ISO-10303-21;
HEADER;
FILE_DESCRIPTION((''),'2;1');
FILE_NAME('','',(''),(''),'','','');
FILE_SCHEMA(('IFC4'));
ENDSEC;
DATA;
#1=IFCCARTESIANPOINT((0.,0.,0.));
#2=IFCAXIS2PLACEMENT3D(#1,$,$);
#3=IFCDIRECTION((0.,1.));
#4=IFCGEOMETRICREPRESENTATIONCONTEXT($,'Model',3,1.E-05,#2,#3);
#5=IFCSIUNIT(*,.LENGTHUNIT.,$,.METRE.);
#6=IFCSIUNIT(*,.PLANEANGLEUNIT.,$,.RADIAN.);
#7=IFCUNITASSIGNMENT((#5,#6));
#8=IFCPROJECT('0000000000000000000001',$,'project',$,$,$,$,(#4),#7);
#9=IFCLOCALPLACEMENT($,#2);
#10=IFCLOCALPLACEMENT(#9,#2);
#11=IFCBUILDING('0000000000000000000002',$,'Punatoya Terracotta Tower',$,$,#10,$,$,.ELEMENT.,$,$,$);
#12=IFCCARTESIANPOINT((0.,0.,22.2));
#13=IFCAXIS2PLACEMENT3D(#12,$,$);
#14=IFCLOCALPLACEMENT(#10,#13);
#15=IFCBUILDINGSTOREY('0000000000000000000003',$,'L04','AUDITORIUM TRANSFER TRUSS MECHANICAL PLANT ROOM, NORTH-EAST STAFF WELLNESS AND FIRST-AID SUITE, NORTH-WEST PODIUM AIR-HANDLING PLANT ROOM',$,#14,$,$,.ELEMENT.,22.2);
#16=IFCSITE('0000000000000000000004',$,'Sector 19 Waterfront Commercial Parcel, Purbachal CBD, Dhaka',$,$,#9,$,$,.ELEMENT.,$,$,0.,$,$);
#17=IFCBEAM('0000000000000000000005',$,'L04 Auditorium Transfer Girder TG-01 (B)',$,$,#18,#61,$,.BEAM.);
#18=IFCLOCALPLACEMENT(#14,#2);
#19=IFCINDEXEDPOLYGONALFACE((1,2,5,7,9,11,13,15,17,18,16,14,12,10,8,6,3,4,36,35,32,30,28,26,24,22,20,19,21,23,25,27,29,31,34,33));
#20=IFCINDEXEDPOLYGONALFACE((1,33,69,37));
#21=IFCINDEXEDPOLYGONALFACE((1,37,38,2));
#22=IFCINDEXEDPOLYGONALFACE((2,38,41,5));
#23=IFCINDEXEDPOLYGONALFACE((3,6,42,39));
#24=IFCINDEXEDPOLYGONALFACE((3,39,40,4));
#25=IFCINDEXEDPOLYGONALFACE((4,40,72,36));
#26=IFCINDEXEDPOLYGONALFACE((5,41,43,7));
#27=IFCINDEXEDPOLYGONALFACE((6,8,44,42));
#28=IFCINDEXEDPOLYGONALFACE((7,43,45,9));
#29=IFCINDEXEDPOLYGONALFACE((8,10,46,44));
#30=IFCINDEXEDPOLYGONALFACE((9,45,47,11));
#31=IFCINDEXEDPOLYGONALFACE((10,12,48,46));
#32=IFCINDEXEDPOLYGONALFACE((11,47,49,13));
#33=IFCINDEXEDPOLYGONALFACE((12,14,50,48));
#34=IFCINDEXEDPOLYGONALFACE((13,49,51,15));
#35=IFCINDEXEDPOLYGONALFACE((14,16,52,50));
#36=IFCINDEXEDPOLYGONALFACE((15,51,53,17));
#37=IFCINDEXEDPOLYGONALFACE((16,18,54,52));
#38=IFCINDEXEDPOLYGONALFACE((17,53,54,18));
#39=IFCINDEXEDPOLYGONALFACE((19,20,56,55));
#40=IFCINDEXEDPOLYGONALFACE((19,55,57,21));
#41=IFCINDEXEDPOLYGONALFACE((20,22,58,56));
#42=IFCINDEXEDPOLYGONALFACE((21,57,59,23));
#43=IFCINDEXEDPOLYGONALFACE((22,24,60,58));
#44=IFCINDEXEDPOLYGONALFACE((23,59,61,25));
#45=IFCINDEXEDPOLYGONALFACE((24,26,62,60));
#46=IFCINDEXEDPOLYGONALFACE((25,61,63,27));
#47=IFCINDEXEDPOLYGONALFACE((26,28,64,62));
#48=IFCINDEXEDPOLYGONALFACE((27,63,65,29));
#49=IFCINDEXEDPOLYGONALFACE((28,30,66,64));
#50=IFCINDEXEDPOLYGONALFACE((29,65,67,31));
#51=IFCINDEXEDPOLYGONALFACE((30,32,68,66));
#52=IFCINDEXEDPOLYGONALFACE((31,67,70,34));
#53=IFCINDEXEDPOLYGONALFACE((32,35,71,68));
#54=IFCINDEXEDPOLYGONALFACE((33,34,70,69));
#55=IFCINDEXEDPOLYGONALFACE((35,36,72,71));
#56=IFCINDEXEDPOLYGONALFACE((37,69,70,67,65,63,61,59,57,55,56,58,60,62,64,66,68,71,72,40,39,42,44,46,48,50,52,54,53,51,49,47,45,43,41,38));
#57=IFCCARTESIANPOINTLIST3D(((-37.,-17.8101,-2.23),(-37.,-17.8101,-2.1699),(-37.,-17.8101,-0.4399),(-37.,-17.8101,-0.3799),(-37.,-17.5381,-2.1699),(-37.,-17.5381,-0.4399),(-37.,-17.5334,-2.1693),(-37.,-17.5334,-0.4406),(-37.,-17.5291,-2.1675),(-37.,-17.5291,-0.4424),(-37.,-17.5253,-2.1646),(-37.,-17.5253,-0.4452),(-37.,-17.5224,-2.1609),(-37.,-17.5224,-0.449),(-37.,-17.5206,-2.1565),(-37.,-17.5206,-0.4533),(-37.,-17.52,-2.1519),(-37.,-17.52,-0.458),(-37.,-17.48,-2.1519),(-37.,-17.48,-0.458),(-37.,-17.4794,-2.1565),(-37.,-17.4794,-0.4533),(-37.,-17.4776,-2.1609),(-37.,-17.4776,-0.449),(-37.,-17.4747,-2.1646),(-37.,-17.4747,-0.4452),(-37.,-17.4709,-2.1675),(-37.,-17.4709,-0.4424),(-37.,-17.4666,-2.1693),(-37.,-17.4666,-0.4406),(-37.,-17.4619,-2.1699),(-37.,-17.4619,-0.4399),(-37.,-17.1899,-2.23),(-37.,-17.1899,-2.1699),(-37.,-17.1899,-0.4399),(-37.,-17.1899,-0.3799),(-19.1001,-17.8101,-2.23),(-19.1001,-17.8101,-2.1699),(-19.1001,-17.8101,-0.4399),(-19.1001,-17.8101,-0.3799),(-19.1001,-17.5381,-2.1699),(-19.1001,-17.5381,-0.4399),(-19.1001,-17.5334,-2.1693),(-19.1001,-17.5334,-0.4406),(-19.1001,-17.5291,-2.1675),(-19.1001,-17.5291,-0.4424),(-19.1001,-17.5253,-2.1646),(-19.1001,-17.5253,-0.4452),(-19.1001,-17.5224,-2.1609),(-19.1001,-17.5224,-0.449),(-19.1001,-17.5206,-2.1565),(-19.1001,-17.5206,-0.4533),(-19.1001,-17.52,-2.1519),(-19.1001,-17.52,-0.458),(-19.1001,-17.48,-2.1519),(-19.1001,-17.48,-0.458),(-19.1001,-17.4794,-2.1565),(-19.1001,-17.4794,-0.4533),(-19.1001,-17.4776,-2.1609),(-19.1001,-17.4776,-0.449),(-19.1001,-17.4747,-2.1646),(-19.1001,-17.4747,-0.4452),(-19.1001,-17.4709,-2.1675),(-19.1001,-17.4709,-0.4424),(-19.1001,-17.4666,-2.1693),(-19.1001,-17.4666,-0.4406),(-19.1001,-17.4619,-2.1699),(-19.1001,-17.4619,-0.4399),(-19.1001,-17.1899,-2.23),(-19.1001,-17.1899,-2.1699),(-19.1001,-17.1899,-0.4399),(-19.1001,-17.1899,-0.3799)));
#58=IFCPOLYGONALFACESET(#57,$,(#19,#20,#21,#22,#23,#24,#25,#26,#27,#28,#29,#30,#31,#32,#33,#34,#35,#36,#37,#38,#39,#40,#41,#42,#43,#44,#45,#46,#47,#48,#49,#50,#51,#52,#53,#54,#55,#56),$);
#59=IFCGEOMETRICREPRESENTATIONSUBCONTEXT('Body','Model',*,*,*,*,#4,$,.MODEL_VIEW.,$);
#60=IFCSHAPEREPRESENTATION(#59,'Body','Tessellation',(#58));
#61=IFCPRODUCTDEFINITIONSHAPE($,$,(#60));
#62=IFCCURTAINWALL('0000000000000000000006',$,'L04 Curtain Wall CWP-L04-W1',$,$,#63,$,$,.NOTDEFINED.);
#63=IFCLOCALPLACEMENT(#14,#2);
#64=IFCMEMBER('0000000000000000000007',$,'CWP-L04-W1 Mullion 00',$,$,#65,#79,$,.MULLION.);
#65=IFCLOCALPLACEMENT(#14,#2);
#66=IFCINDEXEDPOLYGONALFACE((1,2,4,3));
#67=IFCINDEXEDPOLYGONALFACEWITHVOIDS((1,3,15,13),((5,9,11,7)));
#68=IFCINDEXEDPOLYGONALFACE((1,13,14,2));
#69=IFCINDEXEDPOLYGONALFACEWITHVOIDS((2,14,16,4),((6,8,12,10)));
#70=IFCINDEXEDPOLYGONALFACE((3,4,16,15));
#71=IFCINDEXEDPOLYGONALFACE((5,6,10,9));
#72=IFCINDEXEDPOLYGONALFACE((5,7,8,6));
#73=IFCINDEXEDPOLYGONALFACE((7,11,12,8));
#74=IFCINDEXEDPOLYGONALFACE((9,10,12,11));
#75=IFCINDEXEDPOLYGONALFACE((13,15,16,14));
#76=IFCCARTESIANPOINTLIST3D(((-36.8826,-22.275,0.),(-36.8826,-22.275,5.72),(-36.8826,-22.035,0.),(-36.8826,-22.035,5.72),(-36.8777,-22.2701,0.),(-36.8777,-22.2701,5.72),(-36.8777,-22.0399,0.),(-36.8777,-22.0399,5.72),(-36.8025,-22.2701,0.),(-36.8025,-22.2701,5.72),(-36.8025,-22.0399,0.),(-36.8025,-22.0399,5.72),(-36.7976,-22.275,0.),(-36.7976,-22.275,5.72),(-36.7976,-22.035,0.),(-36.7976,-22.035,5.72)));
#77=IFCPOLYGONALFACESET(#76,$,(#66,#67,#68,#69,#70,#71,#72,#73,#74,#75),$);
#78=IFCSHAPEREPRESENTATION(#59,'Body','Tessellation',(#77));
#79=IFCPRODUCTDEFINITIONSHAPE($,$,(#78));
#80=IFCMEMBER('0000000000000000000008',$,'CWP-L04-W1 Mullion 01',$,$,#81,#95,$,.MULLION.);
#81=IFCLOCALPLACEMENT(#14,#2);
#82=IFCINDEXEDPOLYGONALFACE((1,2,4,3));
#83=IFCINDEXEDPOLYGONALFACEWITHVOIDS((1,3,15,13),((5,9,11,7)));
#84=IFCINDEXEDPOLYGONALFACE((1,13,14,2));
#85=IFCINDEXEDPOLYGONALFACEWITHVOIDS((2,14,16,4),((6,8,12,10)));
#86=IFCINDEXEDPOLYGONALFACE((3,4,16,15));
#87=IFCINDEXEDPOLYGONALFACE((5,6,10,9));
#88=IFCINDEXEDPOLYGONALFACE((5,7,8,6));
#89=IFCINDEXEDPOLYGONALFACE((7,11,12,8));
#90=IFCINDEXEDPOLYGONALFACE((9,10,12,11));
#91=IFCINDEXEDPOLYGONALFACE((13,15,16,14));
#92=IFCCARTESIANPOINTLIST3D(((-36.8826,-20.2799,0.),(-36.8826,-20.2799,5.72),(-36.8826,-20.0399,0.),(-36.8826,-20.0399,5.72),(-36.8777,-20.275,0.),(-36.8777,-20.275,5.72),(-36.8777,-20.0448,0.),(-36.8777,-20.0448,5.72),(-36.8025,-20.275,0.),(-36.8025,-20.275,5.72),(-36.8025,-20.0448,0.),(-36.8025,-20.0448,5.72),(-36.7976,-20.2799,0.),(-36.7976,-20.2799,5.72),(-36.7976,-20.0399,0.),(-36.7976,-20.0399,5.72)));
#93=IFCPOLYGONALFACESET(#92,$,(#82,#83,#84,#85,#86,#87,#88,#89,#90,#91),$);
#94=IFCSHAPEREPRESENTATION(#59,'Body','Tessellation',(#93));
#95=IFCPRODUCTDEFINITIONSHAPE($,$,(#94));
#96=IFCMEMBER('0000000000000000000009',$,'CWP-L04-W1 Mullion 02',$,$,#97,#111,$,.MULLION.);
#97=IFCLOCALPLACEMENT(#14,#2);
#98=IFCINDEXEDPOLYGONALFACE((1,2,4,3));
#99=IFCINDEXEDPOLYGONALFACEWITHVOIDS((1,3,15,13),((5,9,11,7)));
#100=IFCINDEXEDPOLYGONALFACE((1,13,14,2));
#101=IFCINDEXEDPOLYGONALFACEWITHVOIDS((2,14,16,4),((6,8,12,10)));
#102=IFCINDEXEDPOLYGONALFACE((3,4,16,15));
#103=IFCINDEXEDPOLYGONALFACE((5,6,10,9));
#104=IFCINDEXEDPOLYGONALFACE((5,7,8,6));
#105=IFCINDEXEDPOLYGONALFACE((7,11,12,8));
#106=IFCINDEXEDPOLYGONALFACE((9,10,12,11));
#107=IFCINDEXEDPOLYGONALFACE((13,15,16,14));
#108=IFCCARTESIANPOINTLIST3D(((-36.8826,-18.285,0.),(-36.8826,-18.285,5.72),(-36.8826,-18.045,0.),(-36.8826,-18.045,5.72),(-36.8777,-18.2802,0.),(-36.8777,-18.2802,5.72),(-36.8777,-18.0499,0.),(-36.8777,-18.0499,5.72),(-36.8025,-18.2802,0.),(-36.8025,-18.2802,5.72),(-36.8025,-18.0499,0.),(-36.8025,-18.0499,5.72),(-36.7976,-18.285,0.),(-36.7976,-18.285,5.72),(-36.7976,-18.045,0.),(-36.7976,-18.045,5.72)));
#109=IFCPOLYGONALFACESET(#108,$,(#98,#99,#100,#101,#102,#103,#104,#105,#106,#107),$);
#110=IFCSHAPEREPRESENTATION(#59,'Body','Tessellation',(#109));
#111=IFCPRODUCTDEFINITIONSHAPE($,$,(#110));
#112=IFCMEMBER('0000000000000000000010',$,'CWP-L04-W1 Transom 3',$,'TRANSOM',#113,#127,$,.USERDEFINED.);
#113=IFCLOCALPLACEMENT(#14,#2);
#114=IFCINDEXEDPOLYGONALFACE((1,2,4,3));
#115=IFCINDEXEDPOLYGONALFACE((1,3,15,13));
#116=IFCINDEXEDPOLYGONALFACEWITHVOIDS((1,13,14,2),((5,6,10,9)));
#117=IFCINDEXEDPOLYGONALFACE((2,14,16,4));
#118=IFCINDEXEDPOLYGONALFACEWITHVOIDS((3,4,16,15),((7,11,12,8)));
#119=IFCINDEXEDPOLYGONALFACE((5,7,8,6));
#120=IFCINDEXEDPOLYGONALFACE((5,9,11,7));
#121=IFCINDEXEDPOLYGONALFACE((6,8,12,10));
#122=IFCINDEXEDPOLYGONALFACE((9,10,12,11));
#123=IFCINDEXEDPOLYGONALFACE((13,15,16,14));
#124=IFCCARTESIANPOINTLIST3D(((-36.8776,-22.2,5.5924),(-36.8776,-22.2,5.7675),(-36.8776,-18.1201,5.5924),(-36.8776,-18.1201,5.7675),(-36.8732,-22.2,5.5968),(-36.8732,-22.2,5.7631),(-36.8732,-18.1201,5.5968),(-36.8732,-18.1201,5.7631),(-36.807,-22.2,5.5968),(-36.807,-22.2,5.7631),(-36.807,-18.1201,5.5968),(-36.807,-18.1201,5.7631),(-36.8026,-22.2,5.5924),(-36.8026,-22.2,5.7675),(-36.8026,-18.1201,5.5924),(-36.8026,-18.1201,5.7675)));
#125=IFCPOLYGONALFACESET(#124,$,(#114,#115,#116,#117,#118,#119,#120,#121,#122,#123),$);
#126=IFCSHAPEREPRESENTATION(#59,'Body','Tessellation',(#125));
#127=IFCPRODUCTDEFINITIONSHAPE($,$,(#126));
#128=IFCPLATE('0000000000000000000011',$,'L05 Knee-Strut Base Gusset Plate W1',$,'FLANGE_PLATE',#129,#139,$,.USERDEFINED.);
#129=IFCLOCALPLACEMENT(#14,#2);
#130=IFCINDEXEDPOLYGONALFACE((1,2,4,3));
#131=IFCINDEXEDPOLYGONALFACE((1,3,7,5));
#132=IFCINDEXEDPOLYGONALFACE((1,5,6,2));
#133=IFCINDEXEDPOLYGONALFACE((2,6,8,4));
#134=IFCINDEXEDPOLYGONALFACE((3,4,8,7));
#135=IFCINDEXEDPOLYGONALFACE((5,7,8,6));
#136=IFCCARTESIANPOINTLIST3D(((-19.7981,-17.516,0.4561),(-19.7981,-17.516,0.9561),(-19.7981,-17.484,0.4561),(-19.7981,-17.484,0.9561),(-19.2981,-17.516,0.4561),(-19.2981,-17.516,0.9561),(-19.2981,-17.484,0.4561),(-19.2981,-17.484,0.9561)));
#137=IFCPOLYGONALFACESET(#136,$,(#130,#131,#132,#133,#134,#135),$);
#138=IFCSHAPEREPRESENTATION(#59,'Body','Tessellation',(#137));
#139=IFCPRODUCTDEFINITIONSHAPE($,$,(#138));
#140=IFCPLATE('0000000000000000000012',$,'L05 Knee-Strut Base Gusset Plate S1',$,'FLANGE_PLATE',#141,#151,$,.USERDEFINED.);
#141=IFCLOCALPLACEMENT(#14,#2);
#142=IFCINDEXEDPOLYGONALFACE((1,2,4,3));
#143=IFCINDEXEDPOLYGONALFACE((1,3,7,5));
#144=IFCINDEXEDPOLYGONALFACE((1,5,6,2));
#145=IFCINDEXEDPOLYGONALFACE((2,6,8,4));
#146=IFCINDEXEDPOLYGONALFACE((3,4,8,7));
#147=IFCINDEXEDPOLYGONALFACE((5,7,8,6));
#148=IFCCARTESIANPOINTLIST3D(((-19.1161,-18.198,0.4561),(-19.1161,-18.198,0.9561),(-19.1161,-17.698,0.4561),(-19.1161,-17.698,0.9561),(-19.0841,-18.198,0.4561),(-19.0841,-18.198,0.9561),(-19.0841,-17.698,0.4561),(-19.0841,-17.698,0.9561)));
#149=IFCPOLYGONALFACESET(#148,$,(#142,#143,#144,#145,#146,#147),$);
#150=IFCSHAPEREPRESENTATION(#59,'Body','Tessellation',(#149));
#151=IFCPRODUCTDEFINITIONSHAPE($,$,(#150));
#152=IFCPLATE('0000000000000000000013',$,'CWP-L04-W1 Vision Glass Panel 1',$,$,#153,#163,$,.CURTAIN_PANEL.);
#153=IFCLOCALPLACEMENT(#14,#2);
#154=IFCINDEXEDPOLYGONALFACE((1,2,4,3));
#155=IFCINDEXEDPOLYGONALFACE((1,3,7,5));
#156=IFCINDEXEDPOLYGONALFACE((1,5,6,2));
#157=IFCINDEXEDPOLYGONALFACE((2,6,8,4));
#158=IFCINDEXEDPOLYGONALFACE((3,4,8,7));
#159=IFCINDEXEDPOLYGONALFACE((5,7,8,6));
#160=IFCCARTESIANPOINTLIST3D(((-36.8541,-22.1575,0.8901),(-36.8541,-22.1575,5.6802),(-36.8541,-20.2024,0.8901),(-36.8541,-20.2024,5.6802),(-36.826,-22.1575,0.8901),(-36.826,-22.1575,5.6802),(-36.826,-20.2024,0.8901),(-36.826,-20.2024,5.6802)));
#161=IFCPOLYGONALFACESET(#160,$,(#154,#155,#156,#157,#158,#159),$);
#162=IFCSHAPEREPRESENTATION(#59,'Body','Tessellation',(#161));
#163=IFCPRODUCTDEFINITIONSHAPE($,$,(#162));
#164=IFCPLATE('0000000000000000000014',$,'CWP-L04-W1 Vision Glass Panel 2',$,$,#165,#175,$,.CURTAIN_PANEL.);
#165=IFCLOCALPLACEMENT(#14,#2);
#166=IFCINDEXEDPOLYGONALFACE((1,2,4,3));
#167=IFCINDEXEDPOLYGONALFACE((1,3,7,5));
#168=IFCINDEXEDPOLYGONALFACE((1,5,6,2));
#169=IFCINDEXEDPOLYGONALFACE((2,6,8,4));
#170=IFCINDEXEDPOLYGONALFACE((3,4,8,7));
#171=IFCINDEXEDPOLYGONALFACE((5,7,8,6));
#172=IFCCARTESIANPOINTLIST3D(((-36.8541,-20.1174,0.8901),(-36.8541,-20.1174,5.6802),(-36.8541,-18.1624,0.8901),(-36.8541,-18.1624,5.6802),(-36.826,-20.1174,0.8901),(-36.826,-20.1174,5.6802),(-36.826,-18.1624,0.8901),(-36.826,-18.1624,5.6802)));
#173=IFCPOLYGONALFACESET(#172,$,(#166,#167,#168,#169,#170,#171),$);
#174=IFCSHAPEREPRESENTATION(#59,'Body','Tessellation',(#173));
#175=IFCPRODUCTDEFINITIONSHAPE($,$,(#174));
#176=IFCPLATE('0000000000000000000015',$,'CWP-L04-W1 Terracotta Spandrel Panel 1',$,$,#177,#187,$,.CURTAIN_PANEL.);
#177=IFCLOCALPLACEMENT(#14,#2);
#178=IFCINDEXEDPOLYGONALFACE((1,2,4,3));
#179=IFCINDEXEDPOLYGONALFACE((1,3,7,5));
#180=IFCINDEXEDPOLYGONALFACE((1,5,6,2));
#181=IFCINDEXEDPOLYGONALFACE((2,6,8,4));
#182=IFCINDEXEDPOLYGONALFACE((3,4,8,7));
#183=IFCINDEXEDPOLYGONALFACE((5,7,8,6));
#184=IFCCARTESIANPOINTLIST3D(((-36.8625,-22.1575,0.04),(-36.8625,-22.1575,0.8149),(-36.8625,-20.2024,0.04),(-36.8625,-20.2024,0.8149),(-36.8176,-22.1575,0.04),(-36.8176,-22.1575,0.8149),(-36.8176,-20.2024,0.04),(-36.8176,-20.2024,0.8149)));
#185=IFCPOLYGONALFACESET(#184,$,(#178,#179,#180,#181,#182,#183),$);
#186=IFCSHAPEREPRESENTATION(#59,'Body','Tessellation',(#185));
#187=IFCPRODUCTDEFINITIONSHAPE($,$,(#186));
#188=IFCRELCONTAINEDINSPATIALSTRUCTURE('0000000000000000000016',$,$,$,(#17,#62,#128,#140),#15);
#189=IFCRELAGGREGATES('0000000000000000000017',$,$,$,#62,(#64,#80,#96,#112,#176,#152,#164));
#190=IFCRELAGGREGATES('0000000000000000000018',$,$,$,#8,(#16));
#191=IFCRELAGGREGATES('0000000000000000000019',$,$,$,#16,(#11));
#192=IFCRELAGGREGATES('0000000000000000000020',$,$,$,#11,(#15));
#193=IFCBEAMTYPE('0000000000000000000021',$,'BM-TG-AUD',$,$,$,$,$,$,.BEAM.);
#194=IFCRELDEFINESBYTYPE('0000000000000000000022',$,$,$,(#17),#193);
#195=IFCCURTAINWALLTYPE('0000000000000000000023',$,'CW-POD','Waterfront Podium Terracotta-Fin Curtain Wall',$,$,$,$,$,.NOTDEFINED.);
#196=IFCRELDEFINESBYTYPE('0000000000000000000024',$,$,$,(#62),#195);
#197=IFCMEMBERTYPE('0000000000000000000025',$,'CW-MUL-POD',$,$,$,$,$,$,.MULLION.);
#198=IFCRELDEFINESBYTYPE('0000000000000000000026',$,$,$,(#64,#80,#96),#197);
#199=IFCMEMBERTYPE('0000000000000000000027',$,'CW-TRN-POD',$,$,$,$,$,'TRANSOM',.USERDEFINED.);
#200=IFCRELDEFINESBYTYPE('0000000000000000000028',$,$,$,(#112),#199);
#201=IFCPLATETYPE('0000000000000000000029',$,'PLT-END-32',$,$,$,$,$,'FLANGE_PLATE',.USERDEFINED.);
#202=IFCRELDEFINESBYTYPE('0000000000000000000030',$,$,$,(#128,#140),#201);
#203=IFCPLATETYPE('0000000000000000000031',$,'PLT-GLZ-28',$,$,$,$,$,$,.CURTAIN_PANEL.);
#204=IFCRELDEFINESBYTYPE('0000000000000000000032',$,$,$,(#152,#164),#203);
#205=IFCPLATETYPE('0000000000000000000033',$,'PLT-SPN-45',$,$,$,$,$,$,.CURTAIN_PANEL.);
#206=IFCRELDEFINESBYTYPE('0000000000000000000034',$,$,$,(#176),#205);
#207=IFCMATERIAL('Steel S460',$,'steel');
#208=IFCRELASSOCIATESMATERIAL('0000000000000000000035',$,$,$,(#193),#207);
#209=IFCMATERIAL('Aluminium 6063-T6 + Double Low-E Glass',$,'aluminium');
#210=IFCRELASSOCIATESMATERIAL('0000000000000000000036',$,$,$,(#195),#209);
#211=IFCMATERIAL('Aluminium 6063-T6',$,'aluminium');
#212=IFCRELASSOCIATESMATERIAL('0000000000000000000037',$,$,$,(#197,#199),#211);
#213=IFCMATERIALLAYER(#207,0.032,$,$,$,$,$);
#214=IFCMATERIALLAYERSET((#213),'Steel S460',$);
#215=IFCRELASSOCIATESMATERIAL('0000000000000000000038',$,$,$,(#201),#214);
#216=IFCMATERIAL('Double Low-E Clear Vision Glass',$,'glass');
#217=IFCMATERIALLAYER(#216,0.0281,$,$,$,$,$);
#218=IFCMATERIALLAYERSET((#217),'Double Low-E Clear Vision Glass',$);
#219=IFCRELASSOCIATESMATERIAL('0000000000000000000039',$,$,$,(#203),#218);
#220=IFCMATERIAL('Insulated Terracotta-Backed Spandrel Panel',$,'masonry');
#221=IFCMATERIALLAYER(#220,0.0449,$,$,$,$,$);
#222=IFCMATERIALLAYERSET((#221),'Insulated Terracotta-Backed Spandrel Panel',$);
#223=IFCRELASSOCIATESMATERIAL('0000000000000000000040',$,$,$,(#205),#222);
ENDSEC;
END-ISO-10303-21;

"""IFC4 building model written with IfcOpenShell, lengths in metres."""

from ifc_helpers import new_model, si_unit, direction, frame, origin, origin_2d, place, context, subcontext, project, spatial, rectangle, hollow_rectangle, i_section, extrude, material, layer, layer_set, material_profile, profile_set, type_object, element, aggregate, save


model = new_model("IFC4")

# Units and contexts
model_context = context("Model", 3, precision=1e-05, world=origin(), true_north=direction((0.0, 1.0)))
body_context = subcontext(model_context, "Body", "Model", "MODEL_VIEW")
ifc_project = project(units=[si_unit("LENGTHUNIT", "METRE"), si_unit("PLANEANGLEUNIT", "RADIAN")], contexts=[model_context])

# Site, building, storey
site_placement = place(None, origin())
site = spatial("IfcSite", under=ifc_project, at=site_placement, Name="Sector 19 Waterfront Commercial Parcel, Purbachal CBD, Dhaka", CompositionType="ELEMENT", RefElevation=0.0)
building_placement = place(site_placement, origin())
building = spatial("IfcBuilding", under=site, at=building_placement, Name="Punatoya Terracotta Tower", CompositionType="ELEMENT")
storey_placement = place(building_placement, frame((0.0, 0.0, 22.2)))
storey = spatial("IfcBuildingStorey", under=building, at=storey_placement, Name="L04", Description="AUDITORIUM TRANSFER TRUSS MECHANICAL PLANT ROOM, NORTH-EAST STAFF WELLNESS AND FIRST-AID SUITE, NORTH-WEST PODIUM AIR-HANDLING PLANT ROOM", CompositionType="ELEMENT", Elevation=22.2)

# Shared definitions
ifc_material_1 = material(Name="Steel S460", Category="steel")

# Beam
ifc_material_profile_1 = material_profile(ifc_material_1, i_section(OverallWidth=0.6201, OverallDepth=1.8501, WebThickness=0.04, FlangeThickness=0.0601, FilletRadius=0.0181, at=origin_2d()))
ifc_profile_set_1 = profile_set([ifc_material_profile_1], Name="Steel S460")
beam_type_1 = type_object("IfcBeamType", Name="BM-TG-AUD", PredefinedType="BEAM", material=ifc_profile_set_1)
beam_1_placement = place(storey_placement, frame((-37.0, -17.5, -1.3049), z_axis=(1.0, 0.0, 0.0), x_axis=(0.0, 1.0, 0.0)))
element("IfcBeam", 1, at=beam_1_placement, inside=storey, type_object=beam_type_1, Name="L04 Auditorium Transfer Girder TG-01 (B)", PredefinedType="BEAM", context=body_context, shape_type="SweptSolid", body=[
    extrude(i_section(OverallWidth=0.6201, OverallDepth=1.8501, WebThickness=0.04, FlangeThickness=0.0601, FilletRadius=0.0181, at=origin_2d()), origin(), (0.0, 0.0, 1.0), 17.8999),
])

# Curtain wall, members
ifc_material_2 = material(Name="Aluminium 6063-T6 + Double Low-E Glass", Category="aluminium")
curtain_wall_type = type_object("IfcCurtainWallType", Name="CW-POD", Description="Waterfront Podium Terracotta-Fin Curtain Wall", PredefinedType="NOTDEFINED", material=ifc_material_2)
curtain_wall_placement = place(storey_placement, origin())
curtain_wall = element("IfcCurtainWall", 2, at=curtain_wall_placement, inside=storey, type_object=curtain_wall_type, Name="L04 Curtain Wall CWP-L04-W1", PredefinedType="NOTDEFINED")
ifc_material_3 = material(Name="Aluminium 6063-T6", Category="aluminium")
ifc_material_profile_2 = material_profile(ifc_material_3, hollow_rectangle(XDim=0.085, YDim=0.24, WallThickness=0.0049, at=origin_2d()))
ifc_profile_set_2 = profile_set([ifc_material_profile_2], Name="Aluminium 6063-T6")
member_type_1 = type_object("IfcMemberType", Name="CW-MUL-POD", PredefinedType="MULLION", material=ifc_profile_set_2)
member_1_placement = place(storey_placement, frame((-36.8401, -22.155, 0.0), z_axis=(0.0, 0.0, 1.0), x_axis=(1.0, 0.0, 0.0)))
member_1 = element("IfcMember", 3, at=member_1_placement, type_object=member_type_1, Name="CWP-L04-W1 Mullion 00", PredefinedType="MULLION", context=body_context, shape_type="SweptSolid", body=[
    extrude(hollow_rectangle(XDim=0.085, YDim=0.24, WallThickness=0.0049, at=origin_2d()), origin(), (0.0, 0.0, 1.0), 5.72),
])
member_2_placement = place(storey_placement, frame((-36.8401, -20.1599, 0.0), z_axis=(0.0, 0.0, 1.0), x_axis=(1.0, 0.0, 0.0)))
member_2 = element("IfcMember", 4, at=member_2_placement, type_object=member_type_1, Name="CWP-L04-W1 Mullion 01", PredefinedType="MULLION", context=body_context, shape_type="SweptSolid", body=[
    extrude(hollow_rectangle(XDim=0.085, YDim=0.24, WallThickness=0.0049, at=origin_2d()), origin(), (0.0, 0.0, 1.0), 5.72),
])
member_3_placement = place(storey_placement, frame((-36.8401, -18.165, 0.0), z_axis=(0.0, 0.0, 1.0), x_axis=(1.0, 0.0, 0.0)))
member_3 = element("IfcMember", 5, at=member_3_placement, type_object=member_type_1, Name="CWP-L04-W1 Mullion 02", PredefinedType="MULLION", context=body_context, shape_type="SweptSolid", body=[
    extrude(hollow_rectangle(XDim=0.085, YDim=0.24, WallThickness=0.0049, at=origin_2d()), origin(), (0.0, 0.0, 1.0), 5.72),
])
ifc_material_profile_3 = material_profile(ifc_material_3, hollow_rectangle(XDim=0.075, YDim=0.175, WallThickness=0.0044, at=origin_2d()))
ifc_profile_set_3 = profile_set([ifc_material_profile_3], Name="Aluminium 6063-T6")
member_type_2 = type_object("IfcMemberType", Name="CW-TRN-POD", ElementType="TRANSOM", PredefinedType="USERDEFINED", material=ifc_profile_set_3)
member_4_placement = place(storey_placement, frame((-36.8401, -22.2, 5.6799), z_axis=(0.0, 1.0, 0.0), x_axis=(-1.0, 0.0, 0.0)))
member_4 = element("IfcMember", 6, at=member_4_placement, type_object=member_type_2, Name="CWP-L04-W1 Transom 3", ObjectType="TRANSOM", PredefinedType="USERDEFINED", context=body_context, shape_type="SweptSolid", body=[
    extrude(hollow_rectangle(XDim=0.075, YDim=0.175, WallThickness=0.0044, at=origin_2d()), origin(), (0.0, 0.0, 1.0), 4.0798),
])

# Plates
ifc_layer_1 = layer(ifc_material_1, 0.032)
ifc_layer_set_1 = layer_set([ifc_layer_1], Name="Steel S460")
plate_type_1 = type_object("IfcPlateType", Name="PLT-END-32", ElementType="FLANGE_PLATE", PredefinedType="USERDEFINED", material=ifc_layer_set_1)
for number, where, z_axis, x_axis, name in (
    (7, (-19.5481, -17.5, 0.4561), (0.0, 0.0, 1.0), (1.0, 0.0, 0.0), "L05 Knee-Strut Base Gusset Plate W1"),
    (8, (-19.1001, -17.948, 0.4561), (0.0, 0.0, 1.0), (0.0, 1.0, 0.0), "L05 Knee-Strut Base Gusset Plate S1"),
):
    element("IfcPlate", number, at=place(storey_placement, frame(where, z_axis=z_axis, x_axis=x_axis)), inside=storey, type_object=plate_type_1, Name=name, ObjectType="FLANGE_PLATE", PredefinedType="USERDEFINED", context=body_context, shape_type="SweptSolid", body=[
        extrude(rectangle(XDim=0.5, YDim=0.032, at=origin_2d()), origin(), (0.0, 0.0, 1.0), 0.5),
    ])

# Plates
ifc_material_4 = material(Name="Double Low-E Clear Vision Glass", Category="glass")
ifc_layer_2 = layer(ifc_material_4, 0.0281)
ifc_layer_set_2 = layer_set([ifc_layer_2], Name="Double Low-E Clear Vision Glass")
plate_type_2 = type_object("IfcPlateType", Name="PLT-GLZ-28", PredefinedType="CURTAIN_PANEL", material=ifc_layer_set_2)
plate_1_placement = place(storey_placement, frame((-36.8401, -21.1799, 0.8901), z_axis=(0.0, 0.0, 1.0), x_axis=(0.0, 1.0, 0.0)))
plate_1 = element("IfcPlate", 9, at=plate_1_placement, type_object=plate_type_2, Name="CWP-L04-W1 Vision Glass Panel 1", PredefinedType="CURTAIN_PANEL", context=body_context, shape_type="SweptSolid", body=[
    extrude(rectangle(XDim=1.9551, YDim=0.0281, at=origin_2d()), origin(), (0.0, 0.0, 1.0), 4.79),
])
plate_2_placement = place(storey_placement, frame((-36.8401, -19.1399, 0.8901), z_axis=(0.0, 0.0, 1.0), x_axis=(0.0, 1.0, 0.0)))
plate_2 = element("IfcPlate", 10, at=plate_2_placement, type_object=plate_type_2, Name="CWP-L04-W1 Vision Glass Panel 2", PredefinedType="CURTAIN_PANEL", context=body_context, shape_type="SweptSolid", body=[
    extrude(rectangle(XDim=1.9551, YDim=0.0281, at=origin_2d()), origin(), (0.0, 0.0, 1.0), 4.79),
])
ifc_material_5 = material(Name="Insulated Terracotta-Backed Spandrel Panel", Category="masonry")
ifc_layer_3 = layer(ifc_material_5, 0.0449)
ifc_layer_set_3 = layer_set([ifc_layer_3], Name="Insulated Terracotta-Backed Spandrel Panel")
plate_type_3 = type_object("IfcPlateType", Name="PLT-SPN-45", PredefinedType="CURTAIN_PANEL", material=ifc_layer_set_3)
plate_3_placement = place(storey_placement, frame((-36.8401, -21.1799, 0.04), z_axis=(0.0, 0.0, 1.0), x_axis=(0.0, 1.0, 0.0)))
plate_3 = element("IfcPlate", 11, at=plate_3_placement, type_object=plate_type_3, Name="CWP-L04-W1 Terracotta Spandrel Panel 1", PredefinedType="CURTAIN_PANEL", context=body_context, shape_type="SweptSolid", body=[
    extrude(rectangle(XDim=1.9551, YDim=0.0449, at=origin_2d()), origin(), (0.0, 0.0, 1.0), 0.7749),
])
aggregate(curtain_wall, [member_1, member_2, member_3, member_4, plate_3, plate_1, plate_2])

save(model, "model.ifc")
